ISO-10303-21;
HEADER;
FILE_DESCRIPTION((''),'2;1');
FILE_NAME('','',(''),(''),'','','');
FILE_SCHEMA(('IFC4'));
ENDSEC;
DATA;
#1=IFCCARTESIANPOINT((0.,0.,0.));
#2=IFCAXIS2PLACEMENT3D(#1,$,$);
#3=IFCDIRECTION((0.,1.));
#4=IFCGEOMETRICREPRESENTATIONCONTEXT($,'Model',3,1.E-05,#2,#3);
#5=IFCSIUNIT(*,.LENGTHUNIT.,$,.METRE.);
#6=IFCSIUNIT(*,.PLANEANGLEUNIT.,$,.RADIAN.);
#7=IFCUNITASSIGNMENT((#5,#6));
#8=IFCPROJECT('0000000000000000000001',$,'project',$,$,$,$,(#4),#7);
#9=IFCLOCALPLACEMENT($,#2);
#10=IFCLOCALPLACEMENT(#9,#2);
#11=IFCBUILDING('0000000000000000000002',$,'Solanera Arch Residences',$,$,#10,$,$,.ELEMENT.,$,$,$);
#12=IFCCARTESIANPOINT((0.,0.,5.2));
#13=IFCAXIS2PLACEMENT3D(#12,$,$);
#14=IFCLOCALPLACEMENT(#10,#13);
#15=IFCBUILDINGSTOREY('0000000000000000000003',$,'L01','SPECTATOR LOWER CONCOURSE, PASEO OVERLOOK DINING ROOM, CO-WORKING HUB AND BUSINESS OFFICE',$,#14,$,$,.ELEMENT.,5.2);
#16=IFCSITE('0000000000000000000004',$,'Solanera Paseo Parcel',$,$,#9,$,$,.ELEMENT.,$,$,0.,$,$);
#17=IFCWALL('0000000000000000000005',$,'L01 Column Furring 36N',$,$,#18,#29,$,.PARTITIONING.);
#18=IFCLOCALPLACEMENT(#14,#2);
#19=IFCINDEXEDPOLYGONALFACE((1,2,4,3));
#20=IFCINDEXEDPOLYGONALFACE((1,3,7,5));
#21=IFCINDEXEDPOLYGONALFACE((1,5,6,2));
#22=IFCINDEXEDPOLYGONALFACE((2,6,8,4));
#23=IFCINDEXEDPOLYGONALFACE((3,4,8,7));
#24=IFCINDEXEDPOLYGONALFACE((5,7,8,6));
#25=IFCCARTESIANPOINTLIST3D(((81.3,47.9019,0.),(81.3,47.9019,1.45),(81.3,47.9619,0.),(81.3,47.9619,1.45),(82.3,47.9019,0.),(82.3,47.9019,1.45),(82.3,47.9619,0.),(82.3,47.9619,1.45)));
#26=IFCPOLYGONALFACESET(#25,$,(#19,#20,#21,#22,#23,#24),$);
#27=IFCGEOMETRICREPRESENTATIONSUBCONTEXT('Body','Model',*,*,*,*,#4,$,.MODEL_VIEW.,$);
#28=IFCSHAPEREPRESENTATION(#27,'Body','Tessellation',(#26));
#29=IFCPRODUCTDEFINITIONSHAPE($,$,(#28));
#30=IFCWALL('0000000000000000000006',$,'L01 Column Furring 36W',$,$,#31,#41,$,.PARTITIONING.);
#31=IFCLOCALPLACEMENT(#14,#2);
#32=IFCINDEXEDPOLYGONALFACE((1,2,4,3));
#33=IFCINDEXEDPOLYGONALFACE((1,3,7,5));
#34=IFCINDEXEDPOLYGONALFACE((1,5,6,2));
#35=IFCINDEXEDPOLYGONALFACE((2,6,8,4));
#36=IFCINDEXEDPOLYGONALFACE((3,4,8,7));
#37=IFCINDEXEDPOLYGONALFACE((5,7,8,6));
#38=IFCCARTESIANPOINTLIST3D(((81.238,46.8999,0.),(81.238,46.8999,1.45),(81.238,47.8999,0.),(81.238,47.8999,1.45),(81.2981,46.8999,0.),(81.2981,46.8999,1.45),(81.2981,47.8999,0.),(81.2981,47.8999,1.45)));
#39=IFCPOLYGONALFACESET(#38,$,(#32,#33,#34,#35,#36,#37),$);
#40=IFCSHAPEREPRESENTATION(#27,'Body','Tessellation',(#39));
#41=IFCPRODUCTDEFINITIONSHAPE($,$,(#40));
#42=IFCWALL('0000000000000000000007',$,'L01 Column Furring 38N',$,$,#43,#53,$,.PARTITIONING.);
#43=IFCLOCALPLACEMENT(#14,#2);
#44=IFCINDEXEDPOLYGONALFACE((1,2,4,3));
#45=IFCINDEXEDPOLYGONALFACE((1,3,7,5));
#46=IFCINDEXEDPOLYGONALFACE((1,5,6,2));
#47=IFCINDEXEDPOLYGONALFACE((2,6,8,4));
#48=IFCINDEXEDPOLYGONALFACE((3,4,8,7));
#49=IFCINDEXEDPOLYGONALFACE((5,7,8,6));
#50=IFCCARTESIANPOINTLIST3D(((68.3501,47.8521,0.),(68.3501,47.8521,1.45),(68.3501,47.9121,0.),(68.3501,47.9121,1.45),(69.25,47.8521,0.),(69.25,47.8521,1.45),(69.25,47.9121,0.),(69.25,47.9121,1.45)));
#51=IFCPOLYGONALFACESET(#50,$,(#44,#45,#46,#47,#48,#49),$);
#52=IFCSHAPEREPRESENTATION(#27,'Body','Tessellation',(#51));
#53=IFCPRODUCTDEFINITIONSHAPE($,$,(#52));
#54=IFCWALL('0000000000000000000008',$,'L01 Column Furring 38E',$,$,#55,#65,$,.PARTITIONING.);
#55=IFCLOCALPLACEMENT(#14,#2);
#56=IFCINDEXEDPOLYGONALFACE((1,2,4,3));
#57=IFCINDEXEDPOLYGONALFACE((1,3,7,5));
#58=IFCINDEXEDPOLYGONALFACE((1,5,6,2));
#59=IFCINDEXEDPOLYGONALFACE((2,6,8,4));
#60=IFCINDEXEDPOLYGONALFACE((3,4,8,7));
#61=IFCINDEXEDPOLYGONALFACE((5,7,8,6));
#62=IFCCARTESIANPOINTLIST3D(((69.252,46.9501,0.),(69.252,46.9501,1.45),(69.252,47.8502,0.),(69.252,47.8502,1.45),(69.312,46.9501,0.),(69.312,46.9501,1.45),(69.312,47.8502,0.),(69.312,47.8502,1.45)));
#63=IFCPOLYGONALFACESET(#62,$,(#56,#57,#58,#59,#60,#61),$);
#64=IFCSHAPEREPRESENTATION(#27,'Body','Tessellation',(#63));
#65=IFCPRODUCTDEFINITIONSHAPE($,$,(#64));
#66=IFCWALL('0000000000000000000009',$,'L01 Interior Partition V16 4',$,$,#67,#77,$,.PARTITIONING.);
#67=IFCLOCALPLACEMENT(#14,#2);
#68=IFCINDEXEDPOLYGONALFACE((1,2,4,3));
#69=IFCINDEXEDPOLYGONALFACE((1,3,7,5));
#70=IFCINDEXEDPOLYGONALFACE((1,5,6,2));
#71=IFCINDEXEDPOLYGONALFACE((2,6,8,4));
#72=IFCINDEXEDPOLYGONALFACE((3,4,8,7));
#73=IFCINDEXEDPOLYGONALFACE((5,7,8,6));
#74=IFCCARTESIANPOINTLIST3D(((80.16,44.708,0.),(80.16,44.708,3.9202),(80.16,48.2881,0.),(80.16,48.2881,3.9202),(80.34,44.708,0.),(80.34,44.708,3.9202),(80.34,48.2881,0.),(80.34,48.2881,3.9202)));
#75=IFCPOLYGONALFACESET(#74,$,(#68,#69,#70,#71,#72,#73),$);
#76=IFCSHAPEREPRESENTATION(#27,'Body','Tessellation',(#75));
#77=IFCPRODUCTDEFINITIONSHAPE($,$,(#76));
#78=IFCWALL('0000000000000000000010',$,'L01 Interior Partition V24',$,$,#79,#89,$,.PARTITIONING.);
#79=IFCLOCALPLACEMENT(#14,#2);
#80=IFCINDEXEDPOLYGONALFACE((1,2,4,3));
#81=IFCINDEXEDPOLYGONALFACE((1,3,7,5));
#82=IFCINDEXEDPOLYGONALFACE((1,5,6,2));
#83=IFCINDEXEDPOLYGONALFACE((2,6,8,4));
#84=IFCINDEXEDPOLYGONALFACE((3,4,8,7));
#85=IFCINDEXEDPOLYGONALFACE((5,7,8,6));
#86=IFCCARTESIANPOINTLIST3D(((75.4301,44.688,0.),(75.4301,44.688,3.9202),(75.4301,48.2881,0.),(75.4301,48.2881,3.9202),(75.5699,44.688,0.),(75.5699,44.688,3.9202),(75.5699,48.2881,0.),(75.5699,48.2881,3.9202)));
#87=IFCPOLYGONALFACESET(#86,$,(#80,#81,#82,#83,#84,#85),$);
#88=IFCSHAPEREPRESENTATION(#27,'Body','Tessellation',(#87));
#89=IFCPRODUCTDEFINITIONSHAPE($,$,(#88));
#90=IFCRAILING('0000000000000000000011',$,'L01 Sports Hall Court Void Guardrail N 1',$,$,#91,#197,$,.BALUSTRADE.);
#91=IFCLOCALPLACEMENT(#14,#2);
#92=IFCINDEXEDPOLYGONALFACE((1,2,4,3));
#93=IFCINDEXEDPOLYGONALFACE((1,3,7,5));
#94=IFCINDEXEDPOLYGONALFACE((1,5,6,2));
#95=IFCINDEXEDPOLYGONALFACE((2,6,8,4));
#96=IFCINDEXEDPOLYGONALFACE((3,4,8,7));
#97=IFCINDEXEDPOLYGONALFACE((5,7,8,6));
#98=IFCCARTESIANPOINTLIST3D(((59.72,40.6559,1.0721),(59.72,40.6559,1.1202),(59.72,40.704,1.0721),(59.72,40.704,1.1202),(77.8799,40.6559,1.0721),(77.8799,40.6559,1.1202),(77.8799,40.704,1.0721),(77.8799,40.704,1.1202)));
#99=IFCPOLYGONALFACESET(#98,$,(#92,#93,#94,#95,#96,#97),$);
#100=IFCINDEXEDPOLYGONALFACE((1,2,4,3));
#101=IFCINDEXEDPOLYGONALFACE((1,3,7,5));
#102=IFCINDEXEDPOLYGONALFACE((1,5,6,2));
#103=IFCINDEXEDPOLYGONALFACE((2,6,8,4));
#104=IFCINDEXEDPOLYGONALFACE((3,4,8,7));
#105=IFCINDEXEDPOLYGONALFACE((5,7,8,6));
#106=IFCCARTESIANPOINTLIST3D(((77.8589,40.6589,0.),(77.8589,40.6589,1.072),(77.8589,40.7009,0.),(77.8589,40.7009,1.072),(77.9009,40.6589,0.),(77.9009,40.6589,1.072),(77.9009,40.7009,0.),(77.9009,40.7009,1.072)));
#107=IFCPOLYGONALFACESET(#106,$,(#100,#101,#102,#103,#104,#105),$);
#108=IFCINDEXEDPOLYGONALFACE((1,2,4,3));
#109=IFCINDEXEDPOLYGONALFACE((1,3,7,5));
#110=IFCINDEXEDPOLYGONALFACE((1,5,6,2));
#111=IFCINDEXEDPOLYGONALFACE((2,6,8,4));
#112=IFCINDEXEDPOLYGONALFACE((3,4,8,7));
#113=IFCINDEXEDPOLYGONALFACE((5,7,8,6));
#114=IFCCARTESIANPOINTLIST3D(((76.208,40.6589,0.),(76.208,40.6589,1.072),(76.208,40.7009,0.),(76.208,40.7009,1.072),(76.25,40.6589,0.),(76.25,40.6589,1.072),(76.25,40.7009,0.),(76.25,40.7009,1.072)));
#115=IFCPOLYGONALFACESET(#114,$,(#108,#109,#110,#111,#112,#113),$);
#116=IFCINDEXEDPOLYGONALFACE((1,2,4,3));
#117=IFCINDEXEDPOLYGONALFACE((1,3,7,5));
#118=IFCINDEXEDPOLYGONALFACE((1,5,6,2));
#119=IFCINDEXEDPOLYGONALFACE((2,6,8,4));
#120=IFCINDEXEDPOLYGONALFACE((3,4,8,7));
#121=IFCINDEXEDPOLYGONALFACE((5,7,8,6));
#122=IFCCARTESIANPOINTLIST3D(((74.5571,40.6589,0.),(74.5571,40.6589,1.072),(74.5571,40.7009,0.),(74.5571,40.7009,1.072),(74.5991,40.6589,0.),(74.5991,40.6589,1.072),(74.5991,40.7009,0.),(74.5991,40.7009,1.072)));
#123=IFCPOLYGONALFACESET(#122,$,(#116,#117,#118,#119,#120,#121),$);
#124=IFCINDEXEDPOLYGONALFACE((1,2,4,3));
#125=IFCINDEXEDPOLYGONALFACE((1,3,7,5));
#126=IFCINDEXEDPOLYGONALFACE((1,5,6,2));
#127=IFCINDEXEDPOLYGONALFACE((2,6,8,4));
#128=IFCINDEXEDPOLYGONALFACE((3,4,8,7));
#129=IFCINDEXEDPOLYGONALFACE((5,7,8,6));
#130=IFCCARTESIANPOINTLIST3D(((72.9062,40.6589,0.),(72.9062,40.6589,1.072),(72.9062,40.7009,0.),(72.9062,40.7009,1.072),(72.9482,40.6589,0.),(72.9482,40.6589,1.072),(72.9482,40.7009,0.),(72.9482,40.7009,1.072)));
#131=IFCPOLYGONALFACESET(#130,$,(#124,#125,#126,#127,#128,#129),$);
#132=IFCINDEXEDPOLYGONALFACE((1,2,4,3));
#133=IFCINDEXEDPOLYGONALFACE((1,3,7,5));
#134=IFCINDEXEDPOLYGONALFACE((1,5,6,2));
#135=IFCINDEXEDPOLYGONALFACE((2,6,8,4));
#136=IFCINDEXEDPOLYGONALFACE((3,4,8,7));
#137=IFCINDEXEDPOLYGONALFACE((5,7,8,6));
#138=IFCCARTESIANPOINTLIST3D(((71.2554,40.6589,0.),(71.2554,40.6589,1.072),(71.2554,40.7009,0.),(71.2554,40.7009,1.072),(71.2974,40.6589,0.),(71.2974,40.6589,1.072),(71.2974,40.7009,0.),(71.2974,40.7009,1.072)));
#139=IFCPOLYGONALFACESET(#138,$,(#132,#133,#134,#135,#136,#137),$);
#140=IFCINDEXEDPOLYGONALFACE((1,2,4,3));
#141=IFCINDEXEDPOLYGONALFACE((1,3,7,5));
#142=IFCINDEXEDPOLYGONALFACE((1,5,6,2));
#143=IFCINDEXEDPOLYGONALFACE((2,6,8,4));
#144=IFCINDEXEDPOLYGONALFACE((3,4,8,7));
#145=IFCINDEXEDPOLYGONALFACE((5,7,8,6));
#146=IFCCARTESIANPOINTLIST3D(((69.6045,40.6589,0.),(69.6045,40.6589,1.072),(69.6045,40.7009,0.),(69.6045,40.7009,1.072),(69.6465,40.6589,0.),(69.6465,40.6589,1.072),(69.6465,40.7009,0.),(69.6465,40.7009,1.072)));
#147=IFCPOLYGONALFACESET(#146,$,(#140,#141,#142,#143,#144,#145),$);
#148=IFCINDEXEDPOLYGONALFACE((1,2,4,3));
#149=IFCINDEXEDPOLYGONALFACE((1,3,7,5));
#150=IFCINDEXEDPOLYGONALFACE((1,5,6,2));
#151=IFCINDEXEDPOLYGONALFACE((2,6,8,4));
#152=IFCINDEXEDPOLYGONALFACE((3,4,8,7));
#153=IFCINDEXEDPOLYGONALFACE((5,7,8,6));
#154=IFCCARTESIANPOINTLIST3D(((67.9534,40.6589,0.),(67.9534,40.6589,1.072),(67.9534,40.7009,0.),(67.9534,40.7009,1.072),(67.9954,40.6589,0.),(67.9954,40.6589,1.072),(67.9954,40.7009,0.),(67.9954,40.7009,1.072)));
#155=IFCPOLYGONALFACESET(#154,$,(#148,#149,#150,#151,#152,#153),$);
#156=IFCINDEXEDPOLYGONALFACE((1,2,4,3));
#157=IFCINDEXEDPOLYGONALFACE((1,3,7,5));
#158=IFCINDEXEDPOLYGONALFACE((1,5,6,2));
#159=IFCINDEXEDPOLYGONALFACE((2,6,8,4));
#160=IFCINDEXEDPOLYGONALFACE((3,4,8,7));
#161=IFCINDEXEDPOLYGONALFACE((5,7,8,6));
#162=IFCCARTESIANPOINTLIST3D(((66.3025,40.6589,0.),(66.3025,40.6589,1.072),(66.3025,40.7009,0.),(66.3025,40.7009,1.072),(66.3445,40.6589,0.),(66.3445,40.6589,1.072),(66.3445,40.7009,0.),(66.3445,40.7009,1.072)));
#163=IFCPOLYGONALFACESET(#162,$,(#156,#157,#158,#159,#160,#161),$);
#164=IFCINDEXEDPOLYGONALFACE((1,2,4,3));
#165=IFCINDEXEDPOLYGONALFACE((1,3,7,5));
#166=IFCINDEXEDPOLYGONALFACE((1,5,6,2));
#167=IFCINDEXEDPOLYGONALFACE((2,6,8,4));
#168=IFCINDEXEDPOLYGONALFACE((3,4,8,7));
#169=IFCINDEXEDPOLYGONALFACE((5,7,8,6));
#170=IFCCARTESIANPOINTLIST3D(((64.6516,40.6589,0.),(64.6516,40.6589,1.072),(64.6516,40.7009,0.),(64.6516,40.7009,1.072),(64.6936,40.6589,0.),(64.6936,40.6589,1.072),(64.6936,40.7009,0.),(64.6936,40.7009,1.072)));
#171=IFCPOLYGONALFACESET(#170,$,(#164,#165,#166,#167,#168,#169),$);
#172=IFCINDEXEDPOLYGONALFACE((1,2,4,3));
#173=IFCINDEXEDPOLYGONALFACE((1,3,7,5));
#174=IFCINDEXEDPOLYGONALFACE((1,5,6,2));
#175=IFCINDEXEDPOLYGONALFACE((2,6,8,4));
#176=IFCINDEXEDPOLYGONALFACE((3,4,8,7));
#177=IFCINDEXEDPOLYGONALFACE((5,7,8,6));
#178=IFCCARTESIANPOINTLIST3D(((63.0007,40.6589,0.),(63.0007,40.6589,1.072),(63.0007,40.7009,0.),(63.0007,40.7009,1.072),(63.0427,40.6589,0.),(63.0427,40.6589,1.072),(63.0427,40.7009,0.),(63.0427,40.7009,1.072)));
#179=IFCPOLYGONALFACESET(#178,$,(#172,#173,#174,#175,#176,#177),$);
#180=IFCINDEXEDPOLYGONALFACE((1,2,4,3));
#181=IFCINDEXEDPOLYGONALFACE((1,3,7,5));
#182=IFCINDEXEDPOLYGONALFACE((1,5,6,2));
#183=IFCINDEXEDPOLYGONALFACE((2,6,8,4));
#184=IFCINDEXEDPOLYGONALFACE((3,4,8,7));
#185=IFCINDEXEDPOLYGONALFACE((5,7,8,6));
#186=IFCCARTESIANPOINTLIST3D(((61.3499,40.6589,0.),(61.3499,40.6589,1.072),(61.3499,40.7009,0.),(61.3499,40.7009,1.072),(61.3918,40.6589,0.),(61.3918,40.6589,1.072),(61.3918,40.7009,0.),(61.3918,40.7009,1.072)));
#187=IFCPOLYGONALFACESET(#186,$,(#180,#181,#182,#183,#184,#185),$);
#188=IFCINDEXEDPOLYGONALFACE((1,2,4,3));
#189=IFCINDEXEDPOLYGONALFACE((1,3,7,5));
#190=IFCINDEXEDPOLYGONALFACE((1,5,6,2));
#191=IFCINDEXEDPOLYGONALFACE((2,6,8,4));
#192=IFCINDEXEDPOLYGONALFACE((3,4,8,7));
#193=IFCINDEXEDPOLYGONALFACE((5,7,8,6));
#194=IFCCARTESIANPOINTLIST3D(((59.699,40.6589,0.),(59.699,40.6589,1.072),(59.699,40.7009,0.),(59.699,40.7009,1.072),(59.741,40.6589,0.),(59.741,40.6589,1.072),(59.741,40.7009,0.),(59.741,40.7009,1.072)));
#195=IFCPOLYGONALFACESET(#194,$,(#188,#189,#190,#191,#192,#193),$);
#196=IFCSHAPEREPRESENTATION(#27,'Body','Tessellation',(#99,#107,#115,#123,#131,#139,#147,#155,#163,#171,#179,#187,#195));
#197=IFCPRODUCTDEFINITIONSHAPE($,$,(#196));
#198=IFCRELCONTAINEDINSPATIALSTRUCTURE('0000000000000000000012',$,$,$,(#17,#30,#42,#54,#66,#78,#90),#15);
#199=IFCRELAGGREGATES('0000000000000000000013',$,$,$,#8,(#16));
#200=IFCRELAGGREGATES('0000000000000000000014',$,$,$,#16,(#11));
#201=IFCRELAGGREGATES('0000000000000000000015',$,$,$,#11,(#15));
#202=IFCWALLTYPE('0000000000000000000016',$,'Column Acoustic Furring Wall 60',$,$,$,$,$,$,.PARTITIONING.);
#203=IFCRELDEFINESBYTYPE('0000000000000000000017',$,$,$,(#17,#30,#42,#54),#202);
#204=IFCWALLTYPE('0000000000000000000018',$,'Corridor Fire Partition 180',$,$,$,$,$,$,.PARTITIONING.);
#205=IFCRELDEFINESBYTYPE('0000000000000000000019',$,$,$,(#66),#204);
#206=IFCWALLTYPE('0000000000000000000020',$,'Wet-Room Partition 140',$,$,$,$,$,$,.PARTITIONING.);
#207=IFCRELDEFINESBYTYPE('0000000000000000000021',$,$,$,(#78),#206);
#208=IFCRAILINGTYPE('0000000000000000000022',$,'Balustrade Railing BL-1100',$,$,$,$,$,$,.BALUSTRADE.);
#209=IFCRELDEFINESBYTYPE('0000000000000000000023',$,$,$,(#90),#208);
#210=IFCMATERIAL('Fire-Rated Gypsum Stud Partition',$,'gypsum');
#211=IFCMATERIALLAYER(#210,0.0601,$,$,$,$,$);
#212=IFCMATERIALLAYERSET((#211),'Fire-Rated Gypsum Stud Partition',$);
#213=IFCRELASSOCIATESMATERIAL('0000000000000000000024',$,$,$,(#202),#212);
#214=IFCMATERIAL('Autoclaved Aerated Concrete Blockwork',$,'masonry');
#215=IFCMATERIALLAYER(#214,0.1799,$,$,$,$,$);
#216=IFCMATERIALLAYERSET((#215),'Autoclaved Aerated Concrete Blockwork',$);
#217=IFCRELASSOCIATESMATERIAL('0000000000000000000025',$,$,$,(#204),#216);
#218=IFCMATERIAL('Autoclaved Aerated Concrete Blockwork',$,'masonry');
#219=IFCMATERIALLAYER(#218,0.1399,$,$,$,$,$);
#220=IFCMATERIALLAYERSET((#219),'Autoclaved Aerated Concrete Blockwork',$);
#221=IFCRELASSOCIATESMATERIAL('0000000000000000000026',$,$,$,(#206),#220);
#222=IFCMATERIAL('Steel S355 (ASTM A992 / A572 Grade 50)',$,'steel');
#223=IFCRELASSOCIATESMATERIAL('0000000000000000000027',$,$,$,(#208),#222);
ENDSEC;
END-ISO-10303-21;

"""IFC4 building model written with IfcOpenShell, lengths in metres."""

from ifc_helpers import new_model, si_unit, direction, frame, frame_2d, origin, origin_2d, place, context, subcontext, project, spatial, rectangle, extrude, material, layer, layer_set, type_object, element, save


model = new_model("IFC4")

# Units and contexts
model_context = context("Model", 3, precision=1e-05, world=origin(), true_north=direction((0.0, 1.0)))
body_context = subcontext(model_context, "Body", "Model", "MODEL_VIEW")
ifc_project = project(units=[si_unit("LENGTHUNIT", "METRE"), si_unit("PLANEANGLEUNIT", "RADIAN")], contexts=[model_context])

# Site, building, storey
site_placement = place(None, origin())
site = spatial("IfcSite", under=ifc_project, at=site_placement, Name="Solanera Paseo Parcel", CompositionType="ELEMENT", RefElevation=0.0)
building_placement = place(site_placement, origin())
building = spatial("IfcBuilding", under=site, at=building_placement, Name="Solanera Arch Residences", CompositionType="ELEMENT")
storey_placement = place(building_placement, frame((0.0, 0.0, 5.2)))
storey = spatial("IfcBuildingStorey", under=building, at=storey_placement, Name="L01", Description="SPECTATOR LOWER CONCOURSE, PASEO OVERLOOK DINING ROOM, CO-WORKING HUB AND BUSINESS OFFICE", CompositionType="ELEMENT", Elevation=5.2)

# Walls
ifc_material_1 = material(Name="Fire-Rated Gypsum Stud Partition", Category="gypsum")
ifc_layer_1 = layer(ifc_material_1, 0.0601)
ifc_layer_set_1 = layer_set([ifc_layer_1], Name="Fire-Rated Gypsum Stud Partition")
wall_type_1 = type_object("IfcWallType", Name="Column Acoustic Furring Wall 60", PredefinedType="PARTITIONING", material=ifc_layer_set_1)
for number, where, z_axis, x_axis, name in (
    (1, (81.3, 47.9319, 0.0), (0.0, 0.0, 1.0), (1.0, 0.0, 0.0), "L01 Column Furring 36N"),
    (2, (81.2681, 46.8999, 0.0), (0.0, 0.0, 1.0), (0.0, 1.0, 0.0), "L01 Column Furring 36W"),
):
    element("IfcWall", number, at=place(storey_placement, frame(where, z_axis=z_axis, x_axis=x_axis)), inside=storey, type_object=wall_type_1, Name=name, PredefinedType="PARTITIONING", context=body_context, shape_type="SweptSolid", body=[
        extrude(rectangle(XDim=1.0, YDim=0.0601, at=frame_2d((0.5, 0.0))), origin(), (0.0, 0.0, 1.0), 1.45),
    ])
wall_1_placement = place(storey_placement, frame((68.3501, 47.8821, 0.0), z_axis=(0.0, 0.0, 1.0), x_axis=(1.0, 0.0, 0.0)))
element("IfcWall", 3, at=wall_1_placement, inside=storey, type_object=wall_type_1, Name="L01 Column Furring 38N", PredefinedType="PARTITIONING", context=body_context, shape_type="SweptSolid", body=[
    extrude(rectangle(XDim=0.8999, YDim=0.0601, at=frame_2d((0.45, 0.0))), origin(), (0.0, 0.0, 1.0), 1.45),
])
wall_2_placement = place(storey_placement, frame((69.282, 46.95, 0.0), z_axis=(0.0, 0.0, 1.0), x_axis=(0.0, 1.0, 0.0)))
element("IfcWall", 4, at=wall_2_placement, inside=storey, type_object=wall_type_1, Name="L01 Column Furring 38E", PredefinedType="PARTITIONING", context=body_context, shape_type="SweptSolid", body=[
    extrude(rectangle(XDim=0.9001, YDim=0.0601, at=frame_2d((0.4502, 0.0))), origin(), (0.0, 0.0, 1.0), 1.45),
])

# Shared definitions
ifc_material_2 = material(Name="Autoclaved Aerated Concrete Blockwork", Category="masonry")
ifc_layer_2 = layer(ifc_material_2, 0.1799)
ifc_layer_set_2 = layer_set([ifc_layer_2], Name="Autoclaved Aerated Concrete Blockwork")
wall_type_2 = type_object("IfcWallType", Name="Corridor Fire Partition 180", PredefinedType="PARTITIONING", material=ifc_layer_set_2)

# Walls
wall_3_placement = place(storey_placement, frame((80.25, 44.708, 0.0), z_axis=(0.0, 0.0, 1.0), x_axis=(0.0, 1.0, 0.0)))
element("IfcWall", 5, at=wall_3_placement, inside=storey, type_object=wall_type_2, Name="L01 Interior Partition V16 4", PredefinedType="PARTITIONING", context=body_context, shape_type="SweptSolid", body=[
    extrude(rectangle(XDim=3.5801, YDim=0.1799, at=frame_2d((1.79, 0.0))), origin(), (0.0, 0.0, 1.0), 3.9202),
])
ifc_material_3 = material(Name="Autoclaved Aerated Concrete Blockwork", Category="masonry")
ifc_layer_3 = layer(ifc_material_3, 0.1399)
ifc_layer_set_3 = layer_set([ifc_layer_3], Name="Autoclaved Aerated Concrete Blockwork")
wall_type_3 = type_object("IfcWallType", Name="Wet-Room Partition 140", PredefinedType="PARTITIONING", material=ifc_layer_set_3)
wall_4_placement = place(storey_placement, frame((75.5, 44.688, 0.0), z_axis=(0.0, 0.0, 1.0), x_axis=(0.0, 1.0, 0.0)))
element("IfcWall", 6, at=wall_4_placement, inside=storey, type_object=wall_type_3, Name="L01 Interior Partition V24", PredefinedType="PARTITIONING", context=body_context, shape_type="SweptSolid", body=[
    extrude(rectangle(XDim=3.6001, YDim=0.1399, at=frame_2d((1.8, 0.0))), origin(), (0.0, 0.0, 1.0), 3.9202),
])

# Railing
ifc_material_4 = material(Name="Steel S355 (ASTM A992 / A572 Grade 50)", Category="steel")
railing_type = type_object("IfcRailingType", Name="Balustrade Railing BL-1100", PredefinedType="BALUSTRADE", material=ifc_material_4)
railing_placement = place(storey_placement, frame((77.8799, 40.6799, 0.0)))
element("IfcRailing", 7, at=railing_placement, inside=storey, type_object=railing_type, Name="L01 Sports Hall Court Void Guardrail N 1", PredefinedType="BALUSTRADE", context=body_context, shape_type="SweptSolid", body=[
    extrude(rectangle(XDim=0.0481, YDim=0.0481, at=origin_2d()), frame((0.0, 0.0, 1.0962), z_axis=(-1.0, 0.0, 0.0), x_axis=(0.0, -1.0, 0.0)), (0.0, 0.0, 1.0), 18.1599),
    extrude(rectangle(XDim=0.042, YDim=0.042, at=origin_2d()), origin(), (0.0, 0.0, 1.0), 1.072),
    extrude(rectangle(XDim=0.042, YDim=0.042, at=origin_2d()), frame((-1.6509, 0.0, 0.0)), (0.0, 0.0, 1.0), 1.072),
    extrude(rectangle(XDim=0.042, YDim=0.042, at=origin_2d()), frame((-3.3018, 0.0, 0.0)), (0.0, 0.0, 1.0), 1.072),
    extrude(rectangle(XDim=0.042, YDim=0.042, at=origin_2d()), frame((-4.9526, 0.0, 0.0)), (0.0, 0.0, 1.0), 1.072),
    extrude(rectangle(XDim=0.042, YDim=0.042, at=origin_2d()), frame((-6.6035, 0.0, 0.0)), (0.0, 0.0, 1.0), 1.072),
    extrude(rectangle(XDim=0.042, YDim=0.042, at=origin_2d()), frame((-8.2544, 0.0, 0.0)), (0.0, 0.0, 1.0), 1.072),
    extrude(rectangle(XDim=0.042, YDim=0.042, at=origin_2d()), frame((-9.9055, 0.0, 0.0)), (0.0, 0.0, 1.0), 1.072),
    extrude(rectangle(XDim=0.042, YDim=0.042, at=origin_2d()), frame((-11.5564, 0.0, 0.0)), (0.0, 0.0, 1.0), 1.072),
    extrude(rectangle(XDim=0.042, YDim=0.042, at=origin_2d()), frame((-13.2073, 0.0, 0.0)), (0.0, 0.0, 1.0), 1.072),
    extrude(rectangle(XDim=0.042, YDim=0.042, at=origin_2d()), frame((-14.8582, 0.0, 0.0)), (0.0, 0.0, 1.0), 1.072),
    extrude(rectangle(XDim=0.042, YDim=0.042, at=origin_2d()), frame((-16.509, 0.0, 0.0)), (0.0, 0.0, 1.0), 1.072),
    extrude(rectangle(XDim=0.042, YDim=0.042, at=origin_2d()), frame((-18.1599, 0.0, 0.0)), (0.0, 0.0, 1.0), 1.072),
])

save(model, "model.ifc")
